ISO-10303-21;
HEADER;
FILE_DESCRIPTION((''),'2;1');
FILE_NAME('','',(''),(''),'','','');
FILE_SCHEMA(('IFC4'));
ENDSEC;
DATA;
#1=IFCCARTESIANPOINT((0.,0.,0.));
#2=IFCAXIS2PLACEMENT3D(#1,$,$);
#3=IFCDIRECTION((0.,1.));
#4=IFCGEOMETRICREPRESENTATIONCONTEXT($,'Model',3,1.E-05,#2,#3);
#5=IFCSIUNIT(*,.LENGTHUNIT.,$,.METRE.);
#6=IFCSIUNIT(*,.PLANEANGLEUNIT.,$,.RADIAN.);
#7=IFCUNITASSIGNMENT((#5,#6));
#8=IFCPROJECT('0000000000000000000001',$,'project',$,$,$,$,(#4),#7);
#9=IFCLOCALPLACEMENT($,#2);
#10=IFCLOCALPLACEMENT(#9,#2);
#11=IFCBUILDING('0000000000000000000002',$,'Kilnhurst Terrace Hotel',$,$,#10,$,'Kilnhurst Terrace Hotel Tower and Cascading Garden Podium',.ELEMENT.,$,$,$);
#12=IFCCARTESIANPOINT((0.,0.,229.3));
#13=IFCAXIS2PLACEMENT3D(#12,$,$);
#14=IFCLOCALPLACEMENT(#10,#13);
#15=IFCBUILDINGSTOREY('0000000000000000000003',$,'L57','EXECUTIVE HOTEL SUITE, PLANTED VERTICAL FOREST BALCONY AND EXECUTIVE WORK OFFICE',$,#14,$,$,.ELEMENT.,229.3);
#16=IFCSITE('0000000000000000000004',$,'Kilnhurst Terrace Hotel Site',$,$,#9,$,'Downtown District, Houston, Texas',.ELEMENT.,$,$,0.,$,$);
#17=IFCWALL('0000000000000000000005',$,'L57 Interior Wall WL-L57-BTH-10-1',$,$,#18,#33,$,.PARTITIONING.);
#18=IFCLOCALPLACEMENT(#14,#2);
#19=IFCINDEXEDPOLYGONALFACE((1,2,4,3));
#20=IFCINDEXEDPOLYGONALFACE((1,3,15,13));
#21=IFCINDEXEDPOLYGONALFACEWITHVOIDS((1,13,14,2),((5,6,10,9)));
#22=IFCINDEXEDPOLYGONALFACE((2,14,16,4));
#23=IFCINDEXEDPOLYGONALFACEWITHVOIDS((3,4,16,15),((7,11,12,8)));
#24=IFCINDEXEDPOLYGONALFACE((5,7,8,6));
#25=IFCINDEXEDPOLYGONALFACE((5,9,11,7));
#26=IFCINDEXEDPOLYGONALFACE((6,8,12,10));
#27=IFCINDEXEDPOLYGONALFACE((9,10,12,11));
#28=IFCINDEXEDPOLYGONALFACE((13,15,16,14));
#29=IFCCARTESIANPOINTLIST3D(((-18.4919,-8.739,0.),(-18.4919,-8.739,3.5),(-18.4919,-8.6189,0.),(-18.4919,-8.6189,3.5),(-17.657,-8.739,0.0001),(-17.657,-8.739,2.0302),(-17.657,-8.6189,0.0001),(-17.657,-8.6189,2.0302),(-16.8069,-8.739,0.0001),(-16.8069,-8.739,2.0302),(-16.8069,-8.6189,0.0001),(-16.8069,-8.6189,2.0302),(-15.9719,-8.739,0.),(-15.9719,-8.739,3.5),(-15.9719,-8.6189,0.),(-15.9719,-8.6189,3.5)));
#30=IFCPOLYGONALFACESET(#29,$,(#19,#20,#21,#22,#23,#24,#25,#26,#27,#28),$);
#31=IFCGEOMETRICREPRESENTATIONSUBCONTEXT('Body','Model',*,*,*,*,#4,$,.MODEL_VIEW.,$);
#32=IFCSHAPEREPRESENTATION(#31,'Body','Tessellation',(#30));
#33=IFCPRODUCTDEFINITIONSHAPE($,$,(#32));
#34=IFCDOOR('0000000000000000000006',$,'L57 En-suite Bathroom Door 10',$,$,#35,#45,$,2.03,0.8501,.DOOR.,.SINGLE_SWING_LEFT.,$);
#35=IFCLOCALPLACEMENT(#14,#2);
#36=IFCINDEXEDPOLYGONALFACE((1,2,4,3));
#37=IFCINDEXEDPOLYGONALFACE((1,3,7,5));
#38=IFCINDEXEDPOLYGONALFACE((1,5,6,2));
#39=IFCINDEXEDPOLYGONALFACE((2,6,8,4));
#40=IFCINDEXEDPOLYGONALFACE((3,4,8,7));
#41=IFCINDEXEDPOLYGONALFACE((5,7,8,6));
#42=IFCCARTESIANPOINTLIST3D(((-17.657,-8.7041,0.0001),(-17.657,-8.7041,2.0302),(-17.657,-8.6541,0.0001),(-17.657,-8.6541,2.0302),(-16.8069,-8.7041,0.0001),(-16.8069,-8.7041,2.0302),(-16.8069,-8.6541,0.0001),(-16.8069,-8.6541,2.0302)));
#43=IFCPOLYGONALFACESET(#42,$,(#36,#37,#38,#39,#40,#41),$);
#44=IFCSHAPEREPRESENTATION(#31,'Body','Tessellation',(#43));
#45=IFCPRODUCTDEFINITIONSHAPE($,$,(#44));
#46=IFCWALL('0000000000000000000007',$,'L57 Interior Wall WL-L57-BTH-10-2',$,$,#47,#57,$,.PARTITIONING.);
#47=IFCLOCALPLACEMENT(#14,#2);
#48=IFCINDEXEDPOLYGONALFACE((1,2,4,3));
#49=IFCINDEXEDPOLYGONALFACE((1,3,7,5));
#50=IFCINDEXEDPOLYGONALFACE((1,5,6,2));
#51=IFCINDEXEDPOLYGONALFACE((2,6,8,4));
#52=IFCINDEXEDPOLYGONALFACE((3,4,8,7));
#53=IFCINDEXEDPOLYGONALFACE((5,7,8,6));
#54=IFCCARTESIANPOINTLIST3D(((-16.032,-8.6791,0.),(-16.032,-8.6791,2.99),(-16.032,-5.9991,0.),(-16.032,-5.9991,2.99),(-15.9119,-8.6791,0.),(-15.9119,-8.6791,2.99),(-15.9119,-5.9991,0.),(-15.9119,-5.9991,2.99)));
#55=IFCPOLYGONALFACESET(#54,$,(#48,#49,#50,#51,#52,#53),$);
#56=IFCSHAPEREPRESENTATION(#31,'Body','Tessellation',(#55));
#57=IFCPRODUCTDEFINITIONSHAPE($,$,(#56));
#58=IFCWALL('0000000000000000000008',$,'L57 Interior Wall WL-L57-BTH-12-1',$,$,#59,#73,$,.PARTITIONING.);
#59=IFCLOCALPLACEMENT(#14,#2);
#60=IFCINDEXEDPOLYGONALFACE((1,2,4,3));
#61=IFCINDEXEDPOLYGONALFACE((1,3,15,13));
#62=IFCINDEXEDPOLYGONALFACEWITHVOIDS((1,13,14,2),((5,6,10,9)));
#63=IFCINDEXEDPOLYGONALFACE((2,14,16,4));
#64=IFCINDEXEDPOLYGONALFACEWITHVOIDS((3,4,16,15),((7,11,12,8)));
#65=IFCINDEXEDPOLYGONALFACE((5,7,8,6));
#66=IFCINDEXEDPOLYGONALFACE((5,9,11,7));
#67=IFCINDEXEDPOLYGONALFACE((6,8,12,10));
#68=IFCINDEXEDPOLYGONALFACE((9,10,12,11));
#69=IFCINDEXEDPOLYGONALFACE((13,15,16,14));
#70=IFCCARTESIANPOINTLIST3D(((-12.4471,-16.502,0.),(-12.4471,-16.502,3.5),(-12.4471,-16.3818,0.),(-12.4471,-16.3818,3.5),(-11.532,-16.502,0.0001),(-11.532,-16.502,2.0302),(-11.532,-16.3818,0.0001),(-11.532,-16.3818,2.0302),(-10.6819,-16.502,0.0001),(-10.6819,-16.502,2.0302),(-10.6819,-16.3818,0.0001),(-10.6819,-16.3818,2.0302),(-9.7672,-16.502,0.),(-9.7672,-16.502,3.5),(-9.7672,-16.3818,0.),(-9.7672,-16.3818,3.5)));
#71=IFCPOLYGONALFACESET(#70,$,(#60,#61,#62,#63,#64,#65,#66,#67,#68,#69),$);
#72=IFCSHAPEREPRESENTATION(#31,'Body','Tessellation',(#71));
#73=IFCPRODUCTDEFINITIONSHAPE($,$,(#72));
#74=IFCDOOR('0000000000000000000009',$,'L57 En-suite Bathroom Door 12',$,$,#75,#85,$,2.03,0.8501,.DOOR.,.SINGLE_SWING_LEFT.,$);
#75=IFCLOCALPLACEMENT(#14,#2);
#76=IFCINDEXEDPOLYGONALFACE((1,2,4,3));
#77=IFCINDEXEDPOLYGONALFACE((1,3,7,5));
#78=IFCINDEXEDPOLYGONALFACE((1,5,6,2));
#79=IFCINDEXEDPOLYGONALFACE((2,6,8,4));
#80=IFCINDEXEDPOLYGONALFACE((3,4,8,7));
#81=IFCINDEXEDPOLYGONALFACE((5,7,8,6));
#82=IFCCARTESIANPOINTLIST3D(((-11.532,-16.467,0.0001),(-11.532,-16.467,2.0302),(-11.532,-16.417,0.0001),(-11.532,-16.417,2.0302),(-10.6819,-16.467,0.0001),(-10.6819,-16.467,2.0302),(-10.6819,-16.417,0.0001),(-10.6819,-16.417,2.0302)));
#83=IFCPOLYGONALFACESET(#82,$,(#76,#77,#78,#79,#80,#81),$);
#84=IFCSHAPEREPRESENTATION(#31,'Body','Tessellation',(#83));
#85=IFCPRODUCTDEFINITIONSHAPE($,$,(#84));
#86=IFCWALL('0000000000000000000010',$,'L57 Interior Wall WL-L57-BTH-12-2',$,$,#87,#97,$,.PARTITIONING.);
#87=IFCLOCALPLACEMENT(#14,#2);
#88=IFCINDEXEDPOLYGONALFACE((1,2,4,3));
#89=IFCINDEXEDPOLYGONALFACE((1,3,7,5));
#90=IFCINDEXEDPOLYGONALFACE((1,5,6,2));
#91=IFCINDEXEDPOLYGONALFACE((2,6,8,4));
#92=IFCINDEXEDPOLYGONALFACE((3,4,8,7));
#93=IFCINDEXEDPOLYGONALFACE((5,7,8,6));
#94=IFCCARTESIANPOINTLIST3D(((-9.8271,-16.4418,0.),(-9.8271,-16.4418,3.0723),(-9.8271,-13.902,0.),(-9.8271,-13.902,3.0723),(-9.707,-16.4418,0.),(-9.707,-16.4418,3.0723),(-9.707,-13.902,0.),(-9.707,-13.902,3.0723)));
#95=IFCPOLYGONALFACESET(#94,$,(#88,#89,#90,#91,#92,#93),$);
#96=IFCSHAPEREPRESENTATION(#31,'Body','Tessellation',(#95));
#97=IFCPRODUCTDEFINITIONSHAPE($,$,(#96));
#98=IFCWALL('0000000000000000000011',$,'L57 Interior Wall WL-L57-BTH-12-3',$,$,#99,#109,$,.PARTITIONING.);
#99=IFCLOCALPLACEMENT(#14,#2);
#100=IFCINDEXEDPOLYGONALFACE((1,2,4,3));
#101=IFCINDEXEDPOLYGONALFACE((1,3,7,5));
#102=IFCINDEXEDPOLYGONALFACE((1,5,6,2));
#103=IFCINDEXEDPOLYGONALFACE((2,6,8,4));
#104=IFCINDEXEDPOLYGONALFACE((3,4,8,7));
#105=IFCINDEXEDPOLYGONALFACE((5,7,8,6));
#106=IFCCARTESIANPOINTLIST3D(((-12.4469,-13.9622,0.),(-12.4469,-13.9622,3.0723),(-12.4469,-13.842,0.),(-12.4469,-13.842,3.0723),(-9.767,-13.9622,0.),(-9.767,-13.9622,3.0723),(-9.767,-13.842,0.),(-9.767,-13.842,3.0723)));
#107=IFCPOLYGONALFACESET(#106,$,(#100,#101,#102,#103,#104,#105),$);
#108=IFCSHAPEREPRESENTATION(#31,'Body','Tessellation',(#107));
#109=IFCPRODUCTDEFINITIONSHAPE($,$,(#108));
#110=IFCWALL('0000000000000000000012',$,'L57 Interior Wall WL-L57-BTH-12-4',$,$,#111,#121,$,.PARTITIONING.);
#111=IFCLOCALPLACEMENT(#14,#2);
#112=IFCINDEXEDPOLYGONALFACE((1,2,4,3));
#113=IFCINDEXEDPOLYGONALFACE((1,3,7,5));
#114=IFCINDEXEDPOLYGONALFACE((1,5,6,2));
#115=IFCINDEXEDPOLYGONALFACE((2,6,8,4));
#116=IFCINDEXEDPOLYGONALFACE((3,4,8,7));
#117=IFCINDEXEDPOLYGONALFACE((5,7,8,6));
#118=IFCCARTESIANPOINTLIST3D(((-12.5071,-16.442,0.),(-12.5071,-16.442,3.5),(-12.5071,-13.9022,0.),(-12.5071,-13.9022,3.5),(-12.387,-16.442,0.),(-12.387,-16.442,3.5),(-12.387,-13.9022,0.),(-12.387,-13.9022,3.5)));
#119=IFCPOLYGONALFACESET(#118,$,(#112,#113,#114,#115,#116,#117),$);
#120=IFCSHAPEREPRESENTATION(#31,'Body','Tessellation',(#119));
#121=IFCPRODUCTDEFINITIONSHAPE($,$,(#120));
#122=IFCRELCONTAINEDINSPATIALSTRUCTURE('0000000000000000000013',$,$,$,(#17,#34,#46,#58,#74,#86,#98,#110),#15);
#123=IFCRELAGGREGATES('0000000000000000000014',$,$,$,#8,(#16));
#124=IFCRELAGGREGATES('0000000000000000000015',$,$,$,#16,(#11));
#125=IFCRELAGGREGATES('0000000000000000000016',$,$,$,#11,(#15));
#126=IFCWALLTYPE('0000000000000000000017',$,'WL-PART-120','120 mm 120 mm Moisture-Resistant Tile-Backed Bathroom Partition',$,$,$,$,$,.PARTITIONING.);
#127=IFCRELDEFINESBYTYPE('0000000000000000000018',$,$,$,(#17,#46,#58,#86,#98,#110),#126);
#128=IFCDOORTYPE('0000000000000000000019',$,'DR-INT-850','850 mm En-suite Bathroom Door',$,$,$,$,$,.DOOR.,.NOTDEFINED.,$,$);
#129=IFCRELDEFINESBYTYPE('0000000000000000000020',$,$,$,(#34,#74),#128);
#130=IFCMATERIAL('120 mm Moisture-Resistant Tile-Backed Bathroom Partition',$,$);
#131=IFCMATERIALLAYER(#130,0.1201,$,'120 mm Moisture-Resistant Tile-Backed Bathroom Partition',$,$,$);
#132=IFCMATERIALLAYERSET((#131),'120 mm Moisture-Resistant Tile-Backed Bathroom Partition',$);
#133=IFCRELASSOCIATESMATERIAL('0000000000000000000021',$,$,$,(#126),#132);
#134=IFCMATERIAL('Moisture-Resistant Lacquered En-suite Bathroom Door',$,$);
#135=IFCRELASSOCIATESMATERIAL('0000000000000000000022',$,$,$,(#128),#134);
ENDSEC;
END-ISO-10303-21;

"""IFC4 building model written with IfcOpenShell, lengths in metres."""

from ifc_helpers import new_model, si_unit, direction, frame, frame_2d, origin, place, context, subcontext, project, spatial, rectangle, extrude, material, layer, layer_set, type_object, element, fill, save


model = new_model("IFC4")

# Units and contexts
model_context = context("Model", 3, precision=1e-05, world=origin(), true_north=direction((0.0, 1.0)))
body_context = subcontext(model_context, "Body", "Model", "MODEL_VIEW")
ifc_project = project(units=[si_unit("LENGTHUNIT", "METRE"), si_unit("PLANEANGLEUNIT", "RADIAN")], contexts=[model_context])

# Site, building, storey
site_placement = place(None, origin())
site = spatial("IfcSite", under=ifc_project, at=site_placement, Name="Kilnhurst Terrace Hotel Site", LongName="Downtown District, Houston, Texas", CompositionType="ELEMENT", RefElevation=0.0)
building_placement = place(site_placement, origin())
building = spatial("IfcBuilding", under=site, at=building_placement, Name="Kilnhurst Terrace Hotel", LongName="Kilnhurst Terrace Hotel Tower and Cascading Garden Podium", CompositionType="ELEMENT")
storey_placement = place(building_placement, frame((0.0, 0.0, 229.3)))
storey = spatial("IfcBuildingStorey", under=building, at=storey_placement, Name="L57", Description="EXECUTIVE HOTEL SUITE, PLANTED VERTICAL FOREST BALCONY AND EXECUTIVE WORK OFFICE", CompositionType="ELEMENT", Elevation=229.3)

# Wall, opening, door
ifc_material_1 = material(Name="120 mm Moisture-Resistant Tile-Backed Bathroom Partition")
ifc_layer_1 = layer(ifc_material_1, 0.1201, Name="120 mm Moisture-Resistant Tile-Backed Bathroom Partition")
ifc_layer_set_1 = layer_set([ifc_layer_1], Name="120 mm Moisture-Resistant Tile-Backed Bathroom Partition")
wall_type_1 = type_object("IfcWallType", Name="WL-PART-120", Description="120 mm 120 mm Moisture-Resistant Tile-Backed Bathroom Partition", PredefinedType="PARTITIONING", material=ifc_layer_set_1)
wall_1_placement = place(storey_placement, frame((-18.4919, -8.679, 0.0), z_axis=(0.0, 0.0, 1.0), x_axis=(1.0, 0.0, 0.0)))
wall_1 = element("IfcWall", 1, at=wall_1_placement, inside=storey, type_object=wall_type_1, Name="L57 Interior Wall WL-L57-BTH-10-1", PredefinedType="PARTITIONING", context=body_context, shape_type="SweptSolid", body=[
    extrude(rectangle(XDim=2.52, YDim=0.1201, at=frame_2d((1.26, 0.0))), origin(), (0.0, 0.0, 1.0), 3.5),
])
opening_1_placement = place(wall_1_placement, frame((0.835, 0.0, 0.0)))
opening_1 = element("IfcOpeningElement", 2, at=opening_1_placement, cuts=wall_1, PredefinedType="OPENING", context=body_context, shape_type="SweptSolid", body=[
    extrude(rectangle(XDim=0.8501, YDim=2.03, at=frame_2d((0.425, 1.0151))), frame((0.0, 0.0701, 0.0), z_axis=(0.0, -1.0, 0.0), x_axis=(1.0, 0.0, 0.0)), (0.0, 0.0, 1.0), 0.1401),
])
ifc_material_2 = material(Name="Moisture-Resistant Lacquered En-suite Bathroom Door")
door_type_1 = type_object("IfcDoorType", Name="DR-INT-850", Description="850 mm En-suite Bathroom Door", OperationType="NOTDEFINED", PredefinedType="DOOR", material=ifc_material_2)
door_1_placement = place(opening_1_placement, origin())
door_1 = element("IfcDoor", 3, at=door_1_placement, inside=storey, type_object=door_type_1, Name="L57 En-suite Bathroom Door 10", OperationType="SINGLE_SWING_LEFT", OverallHeight=2.03, OverallWidth=0.8501, PredefinedType="DOOR", context=body_context, shape_type="SweptSolid", body=[
    extrude(rectangle(XDim=0.8501, YDim=2.03, at=frame_2d((0.425, 1.0151))), frame((0.0, 0.0249, 0.0), z_axis=(0.0, -1.0, 0.0), x_axis=(1.0, 0.0, 0.0)), (0.0, 0.0, 1.0), 0.05),
])
fill(opening_1, door_1)

# Wall
wall_2_placement = place(storey_placement, frame((-15.9719, -8.679, 0.0), z_axis=(0.0, 0.0, 1.0), x_axis=(0.0, 1.0, 0.0)))
element("IfcWall", 4, at=wall_2_placement, inside=storey, type_object=wall_type_1, Name="L57 Interior Wall WL-L57-BTH-10-2", PredefinedType="PARTITIONING", context=body_context, shape_type="SweptSolid", body=[
    extrude(rectangle(XDim=2.6799, YDim=0.1201, at=frame_2d((1.3398, 0.0))), origin(), (0.0, 0.0, 1.0), 2.99),
])

# Wall, opening, door
wall_3_placement = place(storey_placement, frame((-12.447, -16.4419, 0.0), z_axis=(0.0, 0.0, 1.0), x_axis=(1.0, 0.0, 0.0)))
wall_3 = element("IfcWall", 5, at=wall_3_placement, inside=storey, type_object=wall_type_1, Name="L57 Interior Wall WL-L57-BTH-12-1", PredefinedType="PARTITIONING", context=body_context, shape_type="SweptSolid", body=[
    extrude(rectangle(XDim=2.6799, YDim=0.1201, at=frame_2d((1.3398, 0.0))), origin(), (0.0, 0.0, 1.0), 3.5),
])
opening_2_placement = place(wall_3_placement, frame((0.915, 0.0, 0.0)))
opening_2 = element("IfcOpeningElement", 6, at=opening_2_placement, cuts=wall_3, PredefinedType="OPENING", context=body_context, shape_type="SweptSolid", body=[
    extrude(rectangle(XDim=0.8501, YDim=2.03, at=frame_2d((0.425, 1.0151))), frame((0.0, 0.0701, 0.0), z_axis=(0.0, -1.0, 0.0), x_axis=(1.0, 0.0, 0.0)), (0.0, 0.0, 1.0), 0.1401),
])
door_2_placement = place(opening_2_placement, origin())
door_2 = element("IfcDoor", 7, at=door_2_placement, inside=storey, type_object=door_type_1, Name="L57 En-suite Bathroom Door 12", OperationType="SINGLE_SWING_LEFT", OverallHeight=2.03, OverallWidth=0.8501, PredefinedType="DOOR", context=body_context, shape_type="SweptSolid", body=[
    extrude(rectangle(XDim=0.8501, YDim=2.03, at=frame_2d((0.425, 1.0151))), frame((0.0, 0.0249, 0.0), z_axis=(0.0, -1.0, 0.0), x_axis=(1.0, 0.0, 0.0)), (0.0, 0.0, 1.0), 0.05),
])
fill(opening_2, door_2)

# Walls
wall_4_placement = place(storey_placement, frame((-9.7671, -16.4419, 0.0), z_axis=(0.0, 0.0, 1.0), x_axis=(0.0, 1.0, 0.0)))
element("IfcWall", 8, at=wall_4_placement, inside=storey, type_object=wall_type_1, Name="L57 Interior Wall WL-L57-BTH-12-2", PredefinedType="PARTITIONING", context=body_context, shape_type="SweptSolid", body=[
    extrude(rectangle(XDim=2.5398, YDim=0.1201, at=frame_2d((1.27, 0.0))), origin(), (0.0, 0.0, 1.0), 3.0723),
])
wall_5_placement = place(storey_placement, frame((-9.7671, -13.9021, 0.0), z_axis=(0.0, 0.0, 1.0), x_axis=(-1.0, 0.0, 0.0)))
element("IfcWall", 9, at=wall_5_placement, inside=storey, type_object=wall_type_1, Name="L57 Interior Wall WL-L57-BTH-12-3", PredefinedType="PARTITIONING", context=body_context, shape_type="SweptSolid", body=[
    extrude(rectangle(XDim=2.6799, YDim=0.1201, at=frame_2d((1.3398, 0.0))), origin(), (0.0, 0.0, 1.0), 3.0723),
])
wall_6_placement = place(storey_placement, frame((-12.447, -13.9021, 0.0), z_axis=(0.0, 0.0, 1.0), x_axis=(0.0, -1.0, 0.0)))
element("IfcWall", 10, at=wall_6_placement, inside=storey, type_object=wall_type_1, Name="L57 Interior Wall WL-L57-BTH-12-4", PredefinedType="PARTITIONING", context=body_context, shape_type="SweptSolid", body=[
    extrude(rectangle(XDim=2.5398, YDim=0.1201, at=frame_2d((1.27, 0.0))), origin(), (0.0, 0.0, 1.0), 3.5),
])

save(model, "model.ifc")
